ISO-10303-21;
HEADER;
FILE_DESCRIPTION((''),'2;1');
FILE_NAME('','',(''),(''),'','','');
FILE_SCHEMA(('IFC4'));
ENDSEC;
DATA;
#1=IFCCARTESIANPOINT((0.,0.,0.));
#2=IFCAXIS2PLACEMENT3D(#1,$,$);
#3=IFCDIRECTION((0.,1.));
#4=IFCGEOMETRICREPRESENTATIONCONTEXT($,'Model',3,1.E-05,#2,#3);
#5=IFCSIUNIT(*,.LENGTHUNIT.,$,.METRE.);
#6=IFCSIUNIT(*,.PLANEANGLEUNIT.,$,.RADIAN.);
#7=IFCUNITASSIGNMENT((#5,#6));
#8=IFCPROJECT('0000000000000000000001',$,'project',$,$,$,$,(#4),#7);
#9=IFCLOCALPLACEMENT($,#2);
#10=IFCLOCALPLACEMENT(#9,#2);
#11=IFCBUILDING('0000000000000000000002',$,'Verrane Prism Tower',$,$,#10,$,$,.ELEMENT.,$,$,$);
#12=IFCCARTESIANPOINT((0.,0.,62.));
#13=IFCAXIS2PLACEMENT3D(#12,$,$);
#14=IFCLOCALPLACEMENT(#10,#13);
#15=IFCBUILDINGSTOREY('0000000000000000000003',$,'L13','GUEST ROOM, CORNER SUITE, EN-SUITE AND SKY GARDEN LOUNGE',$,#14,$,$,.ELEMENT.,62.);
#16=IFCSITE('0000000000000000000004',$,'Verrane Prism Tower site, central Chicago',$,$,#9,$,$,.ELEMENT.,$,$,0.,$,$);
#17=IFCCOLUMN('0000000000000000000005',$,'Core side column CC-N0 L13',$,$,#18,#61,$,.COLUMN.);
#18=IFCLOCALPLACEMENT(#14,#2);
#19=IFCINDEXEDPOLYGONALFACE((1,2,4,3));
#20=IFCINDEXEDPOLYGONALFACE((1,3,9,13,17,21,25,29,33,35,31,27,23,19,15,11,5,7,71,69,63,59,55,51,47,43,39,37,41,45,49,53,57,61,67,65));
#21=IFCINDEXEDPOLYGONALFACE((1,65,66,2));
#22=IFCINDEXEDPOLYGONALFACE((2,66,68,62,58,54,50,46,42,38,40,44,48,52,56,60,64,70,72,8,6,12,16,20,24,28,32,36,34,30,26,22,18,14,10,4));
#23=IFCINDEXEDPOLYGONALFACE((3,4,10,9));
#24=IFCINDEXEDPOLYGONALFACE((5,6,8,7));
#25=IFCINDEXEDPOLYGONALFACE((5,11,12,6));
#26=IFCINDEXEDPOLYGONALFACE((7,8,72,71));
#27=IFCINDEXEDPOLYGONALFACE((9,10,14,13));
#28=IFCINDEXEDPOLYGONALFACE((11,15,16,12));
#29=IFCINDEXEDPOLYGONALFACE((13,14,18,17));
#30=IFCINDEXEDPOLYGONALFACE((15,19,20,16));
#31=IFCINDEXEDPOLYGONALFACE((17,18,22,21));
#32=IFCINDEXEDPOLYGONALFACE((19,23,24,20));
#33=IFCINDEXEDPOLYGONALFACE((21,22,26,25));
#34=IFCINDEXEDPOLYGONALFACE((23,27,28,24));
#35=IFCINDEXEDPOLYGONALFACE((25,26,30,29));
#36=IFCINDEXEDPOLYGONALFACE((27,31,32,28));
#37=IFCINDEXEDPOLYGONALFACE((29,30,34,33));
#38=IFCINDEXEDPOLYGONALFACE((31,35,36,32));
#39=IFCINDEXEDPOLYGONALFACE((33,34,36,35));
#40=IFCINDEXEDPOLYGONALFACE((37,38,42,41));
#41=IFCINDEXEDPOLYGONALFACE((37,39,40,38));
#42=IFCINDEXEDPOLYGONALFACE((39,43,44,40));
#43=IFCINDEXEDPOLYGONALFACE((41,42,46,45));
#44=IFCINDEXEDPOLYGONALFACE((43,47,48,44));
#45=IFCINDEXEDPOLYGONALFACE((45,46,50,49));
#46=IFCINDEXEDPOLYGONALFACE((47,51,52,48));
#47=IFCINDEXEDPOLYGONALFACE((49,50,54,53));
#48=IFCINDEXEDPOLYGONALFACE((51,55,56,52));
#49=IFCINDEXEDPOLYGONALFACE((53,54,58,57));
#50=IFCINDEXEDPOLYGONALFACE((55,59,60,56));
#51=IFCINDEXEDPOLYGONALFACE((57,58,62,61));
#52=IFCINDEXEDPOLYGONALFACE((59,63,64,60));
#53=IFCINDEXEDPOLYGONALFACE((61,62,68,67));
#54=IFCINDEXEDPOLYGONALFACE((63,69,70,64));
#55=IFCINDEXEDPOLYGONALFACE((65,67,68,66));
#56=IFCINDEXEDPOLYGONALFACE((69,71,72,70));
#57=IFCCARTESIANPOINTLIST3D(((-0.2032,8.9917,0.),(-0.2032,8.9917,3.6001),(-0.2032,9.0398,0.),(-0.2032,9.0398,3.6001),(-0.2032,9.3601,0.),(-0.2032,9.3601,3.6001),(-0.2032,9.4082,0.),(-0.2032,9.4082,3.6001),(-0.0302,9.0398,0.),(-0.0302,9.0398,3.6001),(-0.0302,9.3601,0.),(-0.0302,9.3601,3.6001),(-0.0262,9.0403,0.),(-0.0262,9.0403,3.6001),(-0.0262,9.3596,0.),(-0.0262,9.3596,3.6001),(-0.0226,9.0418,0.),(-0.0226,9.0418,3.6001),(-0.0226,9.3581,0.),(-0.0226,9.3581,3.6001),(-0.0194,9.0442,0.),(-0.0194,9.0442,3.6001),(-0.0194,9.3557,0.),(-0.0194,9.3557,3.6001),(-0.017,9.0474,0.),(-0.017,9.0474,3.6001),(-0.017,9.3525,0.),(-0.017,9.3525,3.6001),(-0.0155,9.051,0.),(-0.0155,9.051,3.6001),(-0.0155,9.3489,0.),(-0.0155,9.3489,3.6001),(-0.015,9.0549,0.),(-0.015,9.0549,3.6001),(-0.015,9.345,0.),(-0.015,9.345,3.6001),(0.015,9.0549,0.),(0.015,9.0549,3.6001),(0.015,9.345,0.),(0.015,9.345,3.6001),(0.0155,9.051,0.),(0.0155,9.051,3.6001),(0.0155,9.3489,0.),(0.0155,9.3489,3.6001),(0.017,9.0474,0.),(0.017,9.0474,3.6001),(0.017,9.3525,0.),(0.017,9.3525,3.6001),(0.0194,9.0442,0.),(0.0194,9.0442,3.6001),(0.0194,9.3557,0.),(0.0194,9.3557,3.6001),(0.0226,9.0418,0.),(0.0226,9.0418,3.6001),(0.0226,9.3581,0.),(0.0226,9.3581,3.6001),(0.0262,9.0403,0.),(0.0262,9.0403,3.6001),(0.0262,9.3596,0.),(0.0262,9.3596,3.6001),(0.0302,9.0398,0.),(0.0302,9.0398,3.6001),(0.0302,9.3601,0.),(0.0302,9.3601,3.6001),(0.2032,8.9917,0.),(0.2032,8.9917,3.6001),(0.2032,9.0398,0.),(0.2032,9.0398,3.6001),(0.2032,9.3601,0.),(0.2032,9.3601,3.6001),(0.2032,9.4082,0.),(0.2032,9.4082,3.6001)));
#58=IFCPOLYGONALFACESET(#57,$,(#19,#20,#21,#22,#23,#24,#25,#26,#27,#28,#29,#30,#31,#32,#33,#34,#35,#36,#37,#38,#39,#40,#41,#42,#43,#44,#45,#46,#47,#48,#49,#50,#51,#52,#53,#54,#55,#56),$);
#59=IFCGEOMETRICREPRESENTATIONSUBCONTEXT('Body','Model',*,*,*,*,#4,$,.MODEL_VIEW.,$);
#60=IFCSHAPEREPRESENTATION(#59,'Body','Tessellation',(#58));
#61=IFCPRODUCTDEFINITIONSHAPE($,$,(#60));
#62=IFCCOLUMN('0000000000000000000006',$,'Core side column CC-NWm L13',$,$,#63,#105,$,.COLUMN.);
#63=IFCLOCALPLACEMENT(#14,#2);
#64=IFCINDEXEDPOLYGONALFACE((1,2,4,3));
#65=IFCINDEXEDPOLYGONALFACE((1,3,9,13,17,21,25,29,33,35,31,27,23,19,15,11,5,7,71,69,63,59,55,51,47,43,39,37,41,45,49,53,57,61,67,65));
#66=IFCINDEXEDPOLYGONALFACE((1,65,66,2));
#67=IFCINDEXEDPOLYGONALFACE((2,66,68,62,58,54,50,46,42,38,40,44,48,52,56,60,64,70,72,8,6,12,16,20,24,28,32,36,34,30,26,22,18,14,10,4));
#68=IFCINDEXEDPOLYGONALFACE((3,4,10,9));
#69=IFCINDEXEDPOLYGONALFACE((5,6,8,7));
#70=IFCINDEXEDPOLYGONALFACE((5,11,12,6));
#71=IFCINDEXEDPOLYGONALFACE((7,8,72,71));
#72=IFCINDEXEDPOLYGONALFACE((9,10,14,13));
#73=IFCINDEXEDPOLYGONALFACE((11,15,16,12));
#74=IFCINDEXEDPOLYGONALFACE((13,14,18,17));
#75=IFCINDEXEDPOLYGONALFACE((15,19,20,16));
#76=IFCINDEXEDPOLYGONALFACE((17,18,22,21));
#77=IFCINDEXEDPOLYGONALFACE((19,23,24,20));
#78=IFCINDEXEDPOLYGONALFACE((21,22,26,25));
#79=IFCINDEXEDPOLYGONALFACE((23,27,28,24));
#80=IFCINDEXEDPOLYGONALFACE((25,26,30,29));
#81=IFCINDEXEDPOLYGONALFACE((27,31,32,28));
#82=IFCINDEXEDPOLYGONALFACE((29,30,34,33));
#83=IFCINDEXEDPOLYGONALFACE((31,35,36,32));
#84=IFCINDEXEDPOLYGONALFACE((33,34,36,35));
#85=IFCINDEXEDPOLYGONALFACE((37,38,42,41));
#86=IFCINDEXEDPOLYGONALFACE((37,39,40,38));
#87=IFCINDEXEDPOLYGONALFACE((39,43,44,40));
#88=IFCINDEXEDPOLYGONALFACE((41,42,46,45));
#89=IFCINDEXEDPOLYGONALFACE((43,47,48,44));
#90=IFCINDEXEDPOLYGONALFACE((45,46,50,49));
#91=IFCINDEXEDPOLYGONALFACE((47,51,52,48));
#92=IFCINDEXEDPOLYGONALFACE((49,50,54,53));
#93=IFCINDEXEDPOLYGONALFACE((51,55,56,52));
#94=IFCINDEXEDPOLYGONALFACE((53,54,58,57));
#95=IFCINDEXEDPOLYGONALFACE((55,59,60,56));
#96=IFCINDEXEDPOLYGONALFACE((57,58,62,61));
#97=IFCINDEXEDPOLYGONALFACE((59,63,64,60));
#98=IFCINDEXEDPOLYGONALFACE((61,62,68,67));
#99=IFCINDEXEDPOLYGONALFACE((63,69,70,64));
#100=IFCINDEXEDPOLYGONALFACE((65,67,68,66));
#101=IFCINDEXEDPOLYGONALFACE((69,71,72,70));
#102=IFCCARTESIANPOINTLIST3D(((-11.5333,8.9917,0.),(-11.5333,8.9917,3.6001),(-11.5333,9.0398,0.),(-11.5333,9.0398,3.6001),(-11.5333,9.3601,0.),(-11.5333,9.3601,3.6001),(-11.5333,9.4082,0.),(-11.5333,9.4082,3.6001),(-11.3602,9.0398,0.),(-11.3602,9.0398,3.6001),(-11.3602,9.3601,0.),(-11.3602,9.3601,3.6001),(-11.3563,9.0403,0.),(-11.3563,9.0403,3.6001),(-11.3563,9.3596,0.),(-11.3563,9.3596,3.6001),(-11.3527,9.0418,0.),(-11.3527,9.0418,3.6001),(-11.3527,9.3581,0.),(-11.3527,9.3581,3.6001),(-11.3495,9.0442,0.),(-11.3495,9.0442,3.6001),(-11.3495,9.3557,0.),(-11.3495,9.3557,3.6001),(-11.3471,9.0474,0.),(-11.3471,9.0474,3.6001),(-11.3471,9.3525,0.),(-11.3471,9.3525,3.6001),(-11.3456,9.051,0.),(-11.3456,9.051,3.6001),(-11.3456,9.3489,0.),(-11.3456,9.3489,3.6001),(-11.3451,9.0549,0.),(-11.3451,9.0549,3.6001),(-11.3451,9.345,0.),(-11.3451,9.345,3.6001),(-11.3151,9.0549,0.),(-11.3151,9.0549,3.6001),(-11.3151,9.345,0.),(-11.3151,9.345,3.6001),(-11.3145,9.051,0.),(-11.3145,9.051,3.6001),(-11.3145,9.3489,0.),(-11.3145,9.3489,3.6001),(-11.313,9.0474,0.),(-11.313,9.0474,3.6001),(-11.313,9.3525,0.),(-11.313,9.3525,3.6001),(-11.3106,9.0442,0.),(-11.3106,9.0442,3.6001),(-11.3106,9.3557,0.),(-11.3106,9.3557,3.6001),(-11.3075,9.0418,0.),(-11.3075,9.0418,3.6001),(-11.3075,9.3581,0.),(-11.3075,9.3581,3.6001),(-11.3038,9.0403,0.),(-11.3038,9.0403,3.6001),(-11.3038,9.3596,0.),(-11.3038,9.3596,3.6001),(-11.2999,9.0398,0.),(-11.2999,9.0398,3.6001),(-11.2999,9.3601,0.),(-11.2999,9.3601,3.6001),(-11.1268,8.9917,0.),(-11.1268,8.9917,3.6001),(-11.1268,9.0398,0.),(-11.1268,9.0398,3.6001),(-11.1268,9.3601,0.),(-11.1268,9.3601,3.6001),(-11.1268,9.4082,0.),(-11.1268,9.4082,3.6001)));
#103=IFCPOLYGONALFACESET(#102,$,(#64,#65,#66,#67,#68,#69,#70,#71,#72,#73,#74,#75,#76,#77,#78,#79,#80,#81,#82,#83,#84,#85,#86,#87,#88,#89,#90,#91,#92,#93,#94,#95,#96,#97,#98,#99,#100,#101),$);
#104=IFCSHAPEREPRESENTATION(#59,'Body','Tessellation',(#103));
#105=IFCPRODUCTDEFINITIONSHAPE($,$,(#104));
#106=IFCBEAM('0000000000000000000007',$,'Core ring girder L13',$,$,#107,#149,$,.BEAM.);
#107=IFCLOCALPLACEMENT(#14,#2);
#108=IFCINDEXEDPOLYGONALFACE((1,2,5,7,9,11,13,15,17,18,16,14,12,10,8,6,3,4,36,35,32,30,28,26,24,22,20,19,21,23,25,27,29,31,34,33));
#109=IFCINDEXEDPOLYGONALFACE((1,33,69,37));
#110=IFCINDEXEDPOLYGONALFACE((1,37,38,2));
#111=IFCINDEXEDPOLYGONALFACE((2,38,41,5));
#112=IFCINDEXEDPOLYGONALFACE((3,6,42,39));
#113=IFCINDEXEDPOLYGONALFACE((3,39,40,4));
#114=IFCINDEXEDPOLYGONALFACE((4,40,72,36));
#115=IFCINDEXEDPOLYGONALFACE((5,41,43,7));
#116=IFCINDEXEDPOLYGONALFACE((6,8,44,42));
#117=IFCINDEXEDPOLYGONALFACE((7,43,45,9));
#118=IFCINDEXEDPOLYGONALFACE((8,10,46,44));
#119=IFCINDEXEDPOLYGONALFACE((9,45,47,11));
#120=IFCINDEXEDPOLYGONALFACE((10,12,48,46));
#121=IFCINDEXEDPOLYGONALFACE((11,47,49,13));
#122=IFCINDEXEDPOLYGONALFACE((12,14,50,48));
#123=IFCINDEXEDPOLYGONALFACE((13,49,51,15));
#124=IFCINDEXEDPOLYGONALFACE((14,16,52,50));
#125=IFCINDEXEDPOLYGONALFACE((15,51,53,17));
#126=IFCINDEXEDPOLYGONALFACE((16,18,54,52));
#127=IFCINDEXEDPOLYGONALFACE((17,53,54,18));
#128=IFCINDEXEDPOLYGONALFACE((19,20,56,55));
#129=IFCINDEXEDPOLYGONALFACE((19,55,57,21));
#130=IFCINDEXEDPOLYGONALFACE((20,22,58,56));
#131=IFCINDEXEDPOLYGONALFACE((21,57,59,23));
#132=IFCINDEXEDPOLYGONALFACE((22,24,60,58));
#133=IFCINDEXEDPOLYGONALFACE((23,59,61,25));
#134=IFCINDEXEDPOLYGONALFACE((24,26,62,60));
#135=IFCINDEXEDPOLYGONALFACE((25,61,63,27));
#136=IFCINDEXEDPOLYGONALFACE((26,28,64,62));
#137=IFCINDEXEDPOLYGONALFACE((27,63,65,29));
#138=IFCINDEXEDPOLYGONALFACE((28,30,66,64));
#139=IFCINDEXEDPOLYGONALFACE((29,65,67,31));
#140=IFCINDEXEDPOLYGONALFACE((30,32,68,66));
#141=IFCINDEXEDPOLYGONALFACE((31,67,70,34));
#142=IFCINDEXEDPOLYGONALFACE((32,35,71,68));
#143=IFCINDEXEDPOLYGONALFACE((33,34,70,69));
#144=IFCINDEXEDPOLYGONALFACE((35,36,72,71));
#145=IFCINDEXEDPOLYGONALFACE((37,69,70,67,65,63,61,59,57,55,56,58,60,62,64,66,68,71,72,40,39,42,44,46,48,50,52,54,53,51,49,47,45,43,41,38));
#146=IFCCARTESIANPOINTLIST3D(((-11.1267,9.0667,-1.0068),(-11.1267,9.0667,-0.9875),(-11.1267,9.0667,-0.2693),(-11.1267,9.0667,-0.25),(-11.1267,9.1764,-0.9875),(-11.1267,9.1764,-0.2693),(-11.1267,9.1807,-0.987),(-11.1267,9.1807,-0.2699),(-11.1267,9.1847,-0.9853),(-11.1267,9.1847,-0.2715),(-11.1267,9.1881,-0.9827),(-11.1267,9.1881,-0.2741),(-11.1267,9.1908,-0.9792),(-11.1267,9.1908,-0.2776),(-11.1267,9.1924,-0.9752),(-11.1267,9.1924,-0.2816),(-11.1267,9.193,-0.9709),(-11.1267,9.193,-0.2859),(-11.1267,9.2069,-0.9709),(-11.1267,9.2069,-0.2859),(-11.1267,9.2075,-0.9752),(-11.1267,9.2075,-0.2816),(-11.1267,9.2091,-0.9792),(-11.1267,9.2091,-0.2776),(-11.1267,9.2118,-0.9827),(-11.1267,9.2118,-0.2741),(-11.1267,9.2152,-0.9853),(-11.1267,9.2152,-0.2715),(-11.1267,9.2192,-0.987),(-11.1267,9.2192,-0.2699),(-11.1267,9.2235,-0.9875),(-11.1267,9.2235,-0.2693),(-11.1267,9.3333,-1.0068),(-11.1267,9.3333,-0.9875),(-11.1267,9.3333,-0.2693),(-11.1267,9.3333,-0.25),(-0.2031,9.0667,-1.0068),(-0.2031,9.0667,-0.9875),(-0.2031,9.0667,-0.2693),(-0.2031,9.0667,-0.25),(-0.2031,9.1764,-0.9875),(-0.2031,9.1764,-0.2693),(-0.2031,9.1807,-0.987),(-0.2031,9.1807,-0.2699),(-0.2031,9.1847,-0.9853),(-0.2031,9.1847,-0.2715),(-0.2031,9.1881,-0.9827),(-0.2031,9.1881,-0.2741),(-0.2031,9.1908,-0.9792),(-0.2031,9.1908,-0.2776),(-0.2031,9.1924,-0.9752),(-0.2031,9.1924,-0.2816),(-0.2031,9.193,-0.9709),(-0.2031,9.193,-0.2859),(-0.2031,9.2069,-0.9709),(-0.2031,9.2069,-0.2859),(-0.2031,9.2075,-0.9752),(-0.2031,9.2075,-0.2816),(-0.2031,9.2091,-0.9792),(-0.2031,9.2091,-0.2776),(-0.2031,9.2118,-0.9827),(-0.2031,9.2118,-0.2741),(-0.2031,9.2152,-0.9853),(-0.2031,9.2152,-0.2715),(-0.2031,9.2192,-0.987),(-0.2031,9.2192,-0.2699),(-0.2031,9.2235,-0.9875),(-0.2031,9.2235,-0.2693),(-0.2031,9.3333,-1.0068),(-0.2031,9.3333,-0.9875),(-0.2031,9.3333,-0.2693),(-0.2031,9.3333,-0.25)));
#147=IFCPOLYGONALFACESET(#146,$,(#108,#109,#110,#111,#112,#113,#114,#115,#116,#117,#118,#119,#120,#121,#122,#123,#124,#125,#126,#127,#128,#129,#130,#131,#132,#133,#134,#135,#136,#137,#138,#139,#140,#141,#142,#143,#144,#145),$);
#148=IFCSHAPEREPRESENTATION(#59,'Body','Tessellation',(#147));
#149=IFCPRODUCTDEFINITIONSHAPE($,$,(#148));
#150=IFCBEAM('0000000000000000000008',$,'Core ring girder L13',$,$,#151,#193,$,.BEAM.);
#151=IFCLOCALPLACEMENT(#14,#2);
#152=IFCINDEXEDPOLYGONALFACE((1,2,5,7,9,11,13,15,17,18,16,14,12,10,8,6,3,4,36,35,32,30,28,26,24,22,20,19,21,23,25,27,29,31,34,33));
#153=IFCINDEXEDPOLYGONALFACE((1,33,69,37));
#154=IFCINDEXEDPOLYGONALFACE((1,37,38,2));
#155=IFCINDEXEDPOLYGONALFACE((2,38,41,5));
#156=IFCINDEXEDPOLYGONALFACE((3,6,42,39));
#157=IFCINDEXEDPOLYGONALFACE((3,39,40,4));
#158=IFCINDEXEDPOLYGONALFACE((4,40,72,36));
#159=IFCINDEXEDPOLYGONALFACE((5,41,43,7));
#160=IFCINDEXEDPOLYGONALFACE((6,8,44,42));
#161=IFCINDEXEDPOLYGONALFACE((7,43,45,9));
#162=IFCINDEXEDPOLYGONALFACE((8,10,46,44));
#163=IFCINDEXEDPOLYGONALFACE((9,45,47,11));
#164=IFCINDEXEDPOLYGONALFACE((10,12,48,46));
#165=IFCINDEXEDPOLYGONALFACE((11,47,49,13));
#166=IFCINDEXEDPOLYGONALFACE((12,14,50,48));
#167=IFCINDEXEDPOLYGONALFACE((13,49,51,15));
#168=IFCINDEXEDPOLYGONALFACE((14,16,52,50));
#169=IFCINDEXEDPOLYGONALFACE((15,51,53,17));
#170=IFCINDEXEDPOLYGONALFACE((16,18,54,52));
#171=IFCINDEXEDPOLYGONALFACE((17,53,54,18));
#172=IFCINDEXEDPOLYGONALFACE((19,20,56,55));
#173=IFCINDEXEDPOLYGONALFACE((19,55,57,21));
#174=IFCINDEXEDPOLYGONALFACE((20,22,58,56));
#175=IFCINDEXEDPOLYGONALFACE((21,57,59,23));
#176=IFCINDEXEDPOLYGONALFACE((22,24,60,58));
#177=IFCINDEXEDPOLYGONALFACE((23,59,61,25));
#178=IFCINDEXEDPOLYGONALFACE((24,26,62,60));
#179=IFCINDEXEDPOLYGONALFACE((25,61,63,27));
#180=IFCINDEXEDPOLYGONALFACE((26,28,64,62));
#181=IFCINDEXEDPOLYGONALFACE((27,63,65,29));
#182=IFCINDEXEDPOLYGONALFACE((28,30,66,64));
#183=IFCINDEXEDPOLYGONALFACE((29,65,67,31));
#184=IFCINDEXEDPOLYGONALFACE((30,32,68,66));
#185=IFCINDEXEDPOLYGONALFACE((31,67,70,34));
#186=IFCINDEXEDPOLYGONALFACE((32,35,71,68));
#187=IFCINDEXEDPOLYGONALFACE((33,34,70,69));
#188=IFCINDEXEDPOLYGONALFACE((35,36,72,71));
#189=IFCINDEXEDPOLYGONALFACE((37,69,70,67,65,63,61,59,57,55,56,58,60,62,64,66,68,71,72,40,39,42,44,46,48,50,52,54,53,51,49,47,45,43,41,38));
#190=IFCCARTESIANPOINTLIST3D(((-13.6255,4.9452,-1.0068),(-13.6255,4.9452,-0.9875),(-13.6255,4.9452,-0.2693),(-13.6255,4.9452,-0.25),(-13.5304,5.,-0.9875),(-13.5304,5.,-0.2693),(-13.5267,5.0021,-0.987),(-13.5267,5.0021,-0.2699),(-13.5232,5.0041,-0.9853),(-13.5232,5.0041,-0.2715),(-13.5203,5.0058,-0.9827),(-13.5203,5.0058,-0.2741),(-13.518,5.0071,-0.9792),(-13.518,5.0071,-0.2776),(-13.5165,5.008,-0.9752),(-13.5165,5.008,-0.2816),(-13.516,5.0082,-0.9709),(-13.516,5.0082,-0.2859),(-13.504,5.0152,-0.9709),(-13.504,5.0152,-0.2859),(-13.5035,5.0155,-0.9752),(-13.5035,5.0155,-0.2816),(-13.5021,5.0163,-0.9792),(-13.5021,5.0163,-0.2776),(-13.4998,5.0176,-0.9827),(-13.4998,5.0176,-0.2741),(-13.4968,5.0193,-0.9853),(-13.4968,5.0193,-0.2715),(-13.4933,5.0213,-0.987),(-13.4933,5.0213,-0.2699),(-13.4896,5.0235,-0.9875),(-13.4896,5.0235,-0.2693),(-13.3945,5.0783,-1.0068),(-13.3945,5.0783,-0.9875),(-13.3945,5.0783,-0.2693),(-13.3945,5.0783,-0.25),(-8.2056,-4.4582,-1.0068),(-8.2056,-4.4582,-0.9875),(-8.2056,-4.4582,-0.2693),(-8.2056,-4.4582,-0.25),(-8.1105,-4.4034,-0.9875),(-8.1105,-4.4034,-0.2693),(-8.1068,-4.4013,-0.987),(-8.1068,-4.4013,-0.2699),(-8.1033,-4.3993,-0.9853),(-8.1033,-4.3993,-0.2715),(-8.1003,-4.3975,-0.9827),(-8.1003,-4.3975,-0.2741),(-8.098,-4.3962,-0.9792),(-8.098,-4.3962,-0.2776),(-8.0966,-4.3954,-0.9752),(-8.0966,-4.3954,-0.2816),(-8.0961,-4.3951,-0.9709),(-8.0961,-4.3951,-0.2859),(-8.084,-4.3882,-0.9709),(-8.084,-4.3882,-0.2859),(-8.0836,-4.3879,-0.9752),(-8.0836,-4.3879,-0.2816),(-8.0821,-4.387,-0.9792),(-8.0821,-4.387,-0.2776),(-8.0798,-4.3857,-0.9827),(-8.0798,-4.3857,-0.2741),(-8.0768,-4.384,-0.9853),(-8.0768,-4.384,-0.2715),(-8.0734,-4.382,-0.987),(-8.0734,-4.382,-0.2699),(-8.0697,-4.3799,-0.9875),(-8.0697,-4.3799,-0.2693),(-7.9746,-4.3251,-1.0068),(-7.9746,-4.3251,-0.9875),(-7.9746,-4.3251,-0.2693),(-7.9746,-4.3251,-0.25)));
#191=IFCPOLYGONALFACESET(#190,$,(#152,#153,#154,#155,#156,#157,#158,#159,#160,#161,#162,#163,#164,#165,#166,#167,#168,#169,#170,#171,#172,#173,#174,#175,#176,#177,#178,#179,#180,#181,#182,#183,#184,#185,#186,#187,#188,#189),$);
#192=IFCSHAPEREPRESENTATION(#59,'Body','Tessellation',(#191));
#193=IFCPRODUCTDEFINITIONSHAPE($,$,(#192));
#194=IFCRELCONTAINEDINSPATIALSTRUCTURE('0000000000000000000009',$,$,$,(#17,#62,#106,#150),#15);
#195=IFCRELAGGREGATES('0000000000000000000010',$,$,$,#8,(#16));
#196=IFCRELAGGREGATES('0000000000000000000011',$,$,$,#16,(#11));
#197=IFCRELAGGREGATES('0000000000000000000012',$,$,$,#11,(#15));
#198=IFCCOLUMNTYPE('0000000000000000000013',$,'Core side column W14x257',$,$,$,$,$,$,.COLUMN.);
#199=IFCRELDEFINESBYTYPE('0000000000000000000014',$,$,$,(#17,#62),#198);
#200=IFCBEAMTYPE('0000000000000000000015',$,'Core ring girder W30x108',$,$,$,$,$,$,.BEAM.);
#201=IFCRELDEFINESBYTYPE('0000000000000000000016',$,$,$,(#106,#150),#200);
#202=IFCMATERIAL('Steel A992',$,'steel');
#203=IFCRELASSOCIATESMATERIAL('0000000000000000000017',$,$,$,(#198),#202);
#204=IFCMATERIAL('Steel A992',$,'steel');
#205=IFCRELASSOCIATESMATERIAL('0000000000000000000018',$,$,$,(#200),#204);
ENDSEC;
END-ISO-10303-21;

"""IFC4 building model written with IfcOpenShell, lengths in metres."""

from ifc_helpers import new_model, si_unit, direction, frame, origin, origin_2d, place, context, subcontext, project, spatial, i_section, extrude, material, material_profile, profile_set, type_object, element, save


model = new_model("IFC4")

# Units and contexts
model_context = context("Model", 3, precision=1e-05, world=origin(), true_north=direction((0.0, 1.0)))
body_context = subcontext(model_context, "Body", "Model", "MODEL_VIEW")
ifc_project = project(units=[si_unit("LENGTHUNIT", "METRE"), si_unit("PLANEANGLEUNIT", "RADIAN")], contexts=[model_context])

# Site, building, storey
site_placement = place(None, origin())
site = spatial("IfcSite", under=ifc_project, at=site_placement, Name="Verrane Prism Tower site, central Chicago", CompositionType="ELEMENT", RefElevation=0.0)
building_placement = place(site_placement, origin())
building = spatial("IfcBuilding", under=site, at=building_placement, Name="Verrane Prism Tower", CompositionType="ELEMENT")
storey_placement = place(building_placement, frame((0.0, 0.0, 62.0)))
storey = spatial("IfcBuildingStorey", under=building, at=storey_placement, Name="L13", Description="GUEST ROOM, CORNER SUITE, EN-SUITE AND SKY GARDEN LOUNGE", CompositionType="ELEMENT", Elevation=62.0)

# Columns
ifc_material_1 = material(Name="Steel A992", Category="steel")
ifc_material_profile_1 = material_profile(ifc_material_1, i_section(OverallWidth=0.4065, OverallDepth=0.4165, WebThickness=0.03, FlangeThickness=0.0481, FilletRadius=0.0151, at=origin_2d()), Name="W14x257")
ifc_profile_set_1 = profile_set([ifc_material_profile_1], Name="Steel A992")
column_type = type_object("IfcColumnType", Name="Core side column W14x257", PredefinedType="COLUMN", material=ifc_profile_set_1)
for number, where, z_axis, x_axis, name in (
    (1, (0.0, 9.2, 0.0), (0.0, 0.0, 1.0), (1.0, 0.0, 0.0), "Core side column CC-N0 L13"),
    (2, (-11.3301, 9.2, 0.0), (0.0, 0.0, 1.0), (1.0, 0.0, 0.0), "Core side column CC-NWm L13"),
):
    element("IfcColumn", number, at=place(storey_placement, frame(where, z_axis=z_axis, x_axis=x_axis)), inside=storey, type_object=column_type, Name=name, PredefinedType="COLUMN", context=body_context, shape_type="SweptSolid", body=[
        extrude(i_section(OverallWidth=0.4065, OverallDepth=0.4165, WebThickness=0.03, FlangeThickness=0.0481, FilletRadius=0.0151, at=origin_2d()), origin(), (0.0, 0.0, 1.0), 3.6001),
    ])

# Beams
ifc_material_2 = material(Name="Steel A992", Category="steel")
ifc_material_profile_2 = material_profile(ifc_material_2, i_section(OverallWidth=0.2666, OverallDepth=0.7568, WebThickness=0.0139, FlangeThickness=0.0193, FilletRadius=0.0166, at=origin_2d()), Name="W30x108")
ifc_profile_set_2 = profile_set([ifc_material_profile_2], Name="Steel A992")
beam_type = type_object("IfcBeamType", Name="Core ring girder W30x108", PredefinedType="BEAM", material=ifc_profile_set_2)
beam_1_placement = place(storey_placement, frame((-0.2031, 9.2, -0.6284), z_axis=(-1.0, 0.0, 0.0), x_axis=(0.0, -1.0, 0.0)))
element("IfcBeam", 3, at=beam_1_placement, inside=storey, type_object=beam_type, Name="Core ring girder L13", PredefinedType="BEAM", context=body_context, shape_type="SweptSolid", body=[
    extrude(i_section(OverallWidth=0.2666, OverallDepth=0.7568, WebThickness=0.0139, FlangeThickness=0.0193, FilletRadius=0.0166, at=origin_2d()), origin(), (0.0, 0.0, 1.0), 10.9236),
])
beam_2_placement = place(storey_placement, frame((-13.51, 5.0117, -0.6284), z_axis=(0.499372, -0.866388, 0.0), x_axis=(0.866388, 0.499372, 0.0)))
element("IfcBeam", 4, at=beam_2_placement, inside=storey, type_object=beam_type, Name="Core ring girder L13", PredefinedType="BEAM", context=body_context, shape_type="SweptSolid", body=[
    extrude(i_section(OverallWidth=0.2666, OverallDepth=0.7568, WebThickness=0.0139, FlangeThickness=0.0193, FilletRadius=0.0166, at=origin_2d()), origin(), (0.0, 0.0, 1.0), 10.8535),
])

save(model, "model.ifc")
